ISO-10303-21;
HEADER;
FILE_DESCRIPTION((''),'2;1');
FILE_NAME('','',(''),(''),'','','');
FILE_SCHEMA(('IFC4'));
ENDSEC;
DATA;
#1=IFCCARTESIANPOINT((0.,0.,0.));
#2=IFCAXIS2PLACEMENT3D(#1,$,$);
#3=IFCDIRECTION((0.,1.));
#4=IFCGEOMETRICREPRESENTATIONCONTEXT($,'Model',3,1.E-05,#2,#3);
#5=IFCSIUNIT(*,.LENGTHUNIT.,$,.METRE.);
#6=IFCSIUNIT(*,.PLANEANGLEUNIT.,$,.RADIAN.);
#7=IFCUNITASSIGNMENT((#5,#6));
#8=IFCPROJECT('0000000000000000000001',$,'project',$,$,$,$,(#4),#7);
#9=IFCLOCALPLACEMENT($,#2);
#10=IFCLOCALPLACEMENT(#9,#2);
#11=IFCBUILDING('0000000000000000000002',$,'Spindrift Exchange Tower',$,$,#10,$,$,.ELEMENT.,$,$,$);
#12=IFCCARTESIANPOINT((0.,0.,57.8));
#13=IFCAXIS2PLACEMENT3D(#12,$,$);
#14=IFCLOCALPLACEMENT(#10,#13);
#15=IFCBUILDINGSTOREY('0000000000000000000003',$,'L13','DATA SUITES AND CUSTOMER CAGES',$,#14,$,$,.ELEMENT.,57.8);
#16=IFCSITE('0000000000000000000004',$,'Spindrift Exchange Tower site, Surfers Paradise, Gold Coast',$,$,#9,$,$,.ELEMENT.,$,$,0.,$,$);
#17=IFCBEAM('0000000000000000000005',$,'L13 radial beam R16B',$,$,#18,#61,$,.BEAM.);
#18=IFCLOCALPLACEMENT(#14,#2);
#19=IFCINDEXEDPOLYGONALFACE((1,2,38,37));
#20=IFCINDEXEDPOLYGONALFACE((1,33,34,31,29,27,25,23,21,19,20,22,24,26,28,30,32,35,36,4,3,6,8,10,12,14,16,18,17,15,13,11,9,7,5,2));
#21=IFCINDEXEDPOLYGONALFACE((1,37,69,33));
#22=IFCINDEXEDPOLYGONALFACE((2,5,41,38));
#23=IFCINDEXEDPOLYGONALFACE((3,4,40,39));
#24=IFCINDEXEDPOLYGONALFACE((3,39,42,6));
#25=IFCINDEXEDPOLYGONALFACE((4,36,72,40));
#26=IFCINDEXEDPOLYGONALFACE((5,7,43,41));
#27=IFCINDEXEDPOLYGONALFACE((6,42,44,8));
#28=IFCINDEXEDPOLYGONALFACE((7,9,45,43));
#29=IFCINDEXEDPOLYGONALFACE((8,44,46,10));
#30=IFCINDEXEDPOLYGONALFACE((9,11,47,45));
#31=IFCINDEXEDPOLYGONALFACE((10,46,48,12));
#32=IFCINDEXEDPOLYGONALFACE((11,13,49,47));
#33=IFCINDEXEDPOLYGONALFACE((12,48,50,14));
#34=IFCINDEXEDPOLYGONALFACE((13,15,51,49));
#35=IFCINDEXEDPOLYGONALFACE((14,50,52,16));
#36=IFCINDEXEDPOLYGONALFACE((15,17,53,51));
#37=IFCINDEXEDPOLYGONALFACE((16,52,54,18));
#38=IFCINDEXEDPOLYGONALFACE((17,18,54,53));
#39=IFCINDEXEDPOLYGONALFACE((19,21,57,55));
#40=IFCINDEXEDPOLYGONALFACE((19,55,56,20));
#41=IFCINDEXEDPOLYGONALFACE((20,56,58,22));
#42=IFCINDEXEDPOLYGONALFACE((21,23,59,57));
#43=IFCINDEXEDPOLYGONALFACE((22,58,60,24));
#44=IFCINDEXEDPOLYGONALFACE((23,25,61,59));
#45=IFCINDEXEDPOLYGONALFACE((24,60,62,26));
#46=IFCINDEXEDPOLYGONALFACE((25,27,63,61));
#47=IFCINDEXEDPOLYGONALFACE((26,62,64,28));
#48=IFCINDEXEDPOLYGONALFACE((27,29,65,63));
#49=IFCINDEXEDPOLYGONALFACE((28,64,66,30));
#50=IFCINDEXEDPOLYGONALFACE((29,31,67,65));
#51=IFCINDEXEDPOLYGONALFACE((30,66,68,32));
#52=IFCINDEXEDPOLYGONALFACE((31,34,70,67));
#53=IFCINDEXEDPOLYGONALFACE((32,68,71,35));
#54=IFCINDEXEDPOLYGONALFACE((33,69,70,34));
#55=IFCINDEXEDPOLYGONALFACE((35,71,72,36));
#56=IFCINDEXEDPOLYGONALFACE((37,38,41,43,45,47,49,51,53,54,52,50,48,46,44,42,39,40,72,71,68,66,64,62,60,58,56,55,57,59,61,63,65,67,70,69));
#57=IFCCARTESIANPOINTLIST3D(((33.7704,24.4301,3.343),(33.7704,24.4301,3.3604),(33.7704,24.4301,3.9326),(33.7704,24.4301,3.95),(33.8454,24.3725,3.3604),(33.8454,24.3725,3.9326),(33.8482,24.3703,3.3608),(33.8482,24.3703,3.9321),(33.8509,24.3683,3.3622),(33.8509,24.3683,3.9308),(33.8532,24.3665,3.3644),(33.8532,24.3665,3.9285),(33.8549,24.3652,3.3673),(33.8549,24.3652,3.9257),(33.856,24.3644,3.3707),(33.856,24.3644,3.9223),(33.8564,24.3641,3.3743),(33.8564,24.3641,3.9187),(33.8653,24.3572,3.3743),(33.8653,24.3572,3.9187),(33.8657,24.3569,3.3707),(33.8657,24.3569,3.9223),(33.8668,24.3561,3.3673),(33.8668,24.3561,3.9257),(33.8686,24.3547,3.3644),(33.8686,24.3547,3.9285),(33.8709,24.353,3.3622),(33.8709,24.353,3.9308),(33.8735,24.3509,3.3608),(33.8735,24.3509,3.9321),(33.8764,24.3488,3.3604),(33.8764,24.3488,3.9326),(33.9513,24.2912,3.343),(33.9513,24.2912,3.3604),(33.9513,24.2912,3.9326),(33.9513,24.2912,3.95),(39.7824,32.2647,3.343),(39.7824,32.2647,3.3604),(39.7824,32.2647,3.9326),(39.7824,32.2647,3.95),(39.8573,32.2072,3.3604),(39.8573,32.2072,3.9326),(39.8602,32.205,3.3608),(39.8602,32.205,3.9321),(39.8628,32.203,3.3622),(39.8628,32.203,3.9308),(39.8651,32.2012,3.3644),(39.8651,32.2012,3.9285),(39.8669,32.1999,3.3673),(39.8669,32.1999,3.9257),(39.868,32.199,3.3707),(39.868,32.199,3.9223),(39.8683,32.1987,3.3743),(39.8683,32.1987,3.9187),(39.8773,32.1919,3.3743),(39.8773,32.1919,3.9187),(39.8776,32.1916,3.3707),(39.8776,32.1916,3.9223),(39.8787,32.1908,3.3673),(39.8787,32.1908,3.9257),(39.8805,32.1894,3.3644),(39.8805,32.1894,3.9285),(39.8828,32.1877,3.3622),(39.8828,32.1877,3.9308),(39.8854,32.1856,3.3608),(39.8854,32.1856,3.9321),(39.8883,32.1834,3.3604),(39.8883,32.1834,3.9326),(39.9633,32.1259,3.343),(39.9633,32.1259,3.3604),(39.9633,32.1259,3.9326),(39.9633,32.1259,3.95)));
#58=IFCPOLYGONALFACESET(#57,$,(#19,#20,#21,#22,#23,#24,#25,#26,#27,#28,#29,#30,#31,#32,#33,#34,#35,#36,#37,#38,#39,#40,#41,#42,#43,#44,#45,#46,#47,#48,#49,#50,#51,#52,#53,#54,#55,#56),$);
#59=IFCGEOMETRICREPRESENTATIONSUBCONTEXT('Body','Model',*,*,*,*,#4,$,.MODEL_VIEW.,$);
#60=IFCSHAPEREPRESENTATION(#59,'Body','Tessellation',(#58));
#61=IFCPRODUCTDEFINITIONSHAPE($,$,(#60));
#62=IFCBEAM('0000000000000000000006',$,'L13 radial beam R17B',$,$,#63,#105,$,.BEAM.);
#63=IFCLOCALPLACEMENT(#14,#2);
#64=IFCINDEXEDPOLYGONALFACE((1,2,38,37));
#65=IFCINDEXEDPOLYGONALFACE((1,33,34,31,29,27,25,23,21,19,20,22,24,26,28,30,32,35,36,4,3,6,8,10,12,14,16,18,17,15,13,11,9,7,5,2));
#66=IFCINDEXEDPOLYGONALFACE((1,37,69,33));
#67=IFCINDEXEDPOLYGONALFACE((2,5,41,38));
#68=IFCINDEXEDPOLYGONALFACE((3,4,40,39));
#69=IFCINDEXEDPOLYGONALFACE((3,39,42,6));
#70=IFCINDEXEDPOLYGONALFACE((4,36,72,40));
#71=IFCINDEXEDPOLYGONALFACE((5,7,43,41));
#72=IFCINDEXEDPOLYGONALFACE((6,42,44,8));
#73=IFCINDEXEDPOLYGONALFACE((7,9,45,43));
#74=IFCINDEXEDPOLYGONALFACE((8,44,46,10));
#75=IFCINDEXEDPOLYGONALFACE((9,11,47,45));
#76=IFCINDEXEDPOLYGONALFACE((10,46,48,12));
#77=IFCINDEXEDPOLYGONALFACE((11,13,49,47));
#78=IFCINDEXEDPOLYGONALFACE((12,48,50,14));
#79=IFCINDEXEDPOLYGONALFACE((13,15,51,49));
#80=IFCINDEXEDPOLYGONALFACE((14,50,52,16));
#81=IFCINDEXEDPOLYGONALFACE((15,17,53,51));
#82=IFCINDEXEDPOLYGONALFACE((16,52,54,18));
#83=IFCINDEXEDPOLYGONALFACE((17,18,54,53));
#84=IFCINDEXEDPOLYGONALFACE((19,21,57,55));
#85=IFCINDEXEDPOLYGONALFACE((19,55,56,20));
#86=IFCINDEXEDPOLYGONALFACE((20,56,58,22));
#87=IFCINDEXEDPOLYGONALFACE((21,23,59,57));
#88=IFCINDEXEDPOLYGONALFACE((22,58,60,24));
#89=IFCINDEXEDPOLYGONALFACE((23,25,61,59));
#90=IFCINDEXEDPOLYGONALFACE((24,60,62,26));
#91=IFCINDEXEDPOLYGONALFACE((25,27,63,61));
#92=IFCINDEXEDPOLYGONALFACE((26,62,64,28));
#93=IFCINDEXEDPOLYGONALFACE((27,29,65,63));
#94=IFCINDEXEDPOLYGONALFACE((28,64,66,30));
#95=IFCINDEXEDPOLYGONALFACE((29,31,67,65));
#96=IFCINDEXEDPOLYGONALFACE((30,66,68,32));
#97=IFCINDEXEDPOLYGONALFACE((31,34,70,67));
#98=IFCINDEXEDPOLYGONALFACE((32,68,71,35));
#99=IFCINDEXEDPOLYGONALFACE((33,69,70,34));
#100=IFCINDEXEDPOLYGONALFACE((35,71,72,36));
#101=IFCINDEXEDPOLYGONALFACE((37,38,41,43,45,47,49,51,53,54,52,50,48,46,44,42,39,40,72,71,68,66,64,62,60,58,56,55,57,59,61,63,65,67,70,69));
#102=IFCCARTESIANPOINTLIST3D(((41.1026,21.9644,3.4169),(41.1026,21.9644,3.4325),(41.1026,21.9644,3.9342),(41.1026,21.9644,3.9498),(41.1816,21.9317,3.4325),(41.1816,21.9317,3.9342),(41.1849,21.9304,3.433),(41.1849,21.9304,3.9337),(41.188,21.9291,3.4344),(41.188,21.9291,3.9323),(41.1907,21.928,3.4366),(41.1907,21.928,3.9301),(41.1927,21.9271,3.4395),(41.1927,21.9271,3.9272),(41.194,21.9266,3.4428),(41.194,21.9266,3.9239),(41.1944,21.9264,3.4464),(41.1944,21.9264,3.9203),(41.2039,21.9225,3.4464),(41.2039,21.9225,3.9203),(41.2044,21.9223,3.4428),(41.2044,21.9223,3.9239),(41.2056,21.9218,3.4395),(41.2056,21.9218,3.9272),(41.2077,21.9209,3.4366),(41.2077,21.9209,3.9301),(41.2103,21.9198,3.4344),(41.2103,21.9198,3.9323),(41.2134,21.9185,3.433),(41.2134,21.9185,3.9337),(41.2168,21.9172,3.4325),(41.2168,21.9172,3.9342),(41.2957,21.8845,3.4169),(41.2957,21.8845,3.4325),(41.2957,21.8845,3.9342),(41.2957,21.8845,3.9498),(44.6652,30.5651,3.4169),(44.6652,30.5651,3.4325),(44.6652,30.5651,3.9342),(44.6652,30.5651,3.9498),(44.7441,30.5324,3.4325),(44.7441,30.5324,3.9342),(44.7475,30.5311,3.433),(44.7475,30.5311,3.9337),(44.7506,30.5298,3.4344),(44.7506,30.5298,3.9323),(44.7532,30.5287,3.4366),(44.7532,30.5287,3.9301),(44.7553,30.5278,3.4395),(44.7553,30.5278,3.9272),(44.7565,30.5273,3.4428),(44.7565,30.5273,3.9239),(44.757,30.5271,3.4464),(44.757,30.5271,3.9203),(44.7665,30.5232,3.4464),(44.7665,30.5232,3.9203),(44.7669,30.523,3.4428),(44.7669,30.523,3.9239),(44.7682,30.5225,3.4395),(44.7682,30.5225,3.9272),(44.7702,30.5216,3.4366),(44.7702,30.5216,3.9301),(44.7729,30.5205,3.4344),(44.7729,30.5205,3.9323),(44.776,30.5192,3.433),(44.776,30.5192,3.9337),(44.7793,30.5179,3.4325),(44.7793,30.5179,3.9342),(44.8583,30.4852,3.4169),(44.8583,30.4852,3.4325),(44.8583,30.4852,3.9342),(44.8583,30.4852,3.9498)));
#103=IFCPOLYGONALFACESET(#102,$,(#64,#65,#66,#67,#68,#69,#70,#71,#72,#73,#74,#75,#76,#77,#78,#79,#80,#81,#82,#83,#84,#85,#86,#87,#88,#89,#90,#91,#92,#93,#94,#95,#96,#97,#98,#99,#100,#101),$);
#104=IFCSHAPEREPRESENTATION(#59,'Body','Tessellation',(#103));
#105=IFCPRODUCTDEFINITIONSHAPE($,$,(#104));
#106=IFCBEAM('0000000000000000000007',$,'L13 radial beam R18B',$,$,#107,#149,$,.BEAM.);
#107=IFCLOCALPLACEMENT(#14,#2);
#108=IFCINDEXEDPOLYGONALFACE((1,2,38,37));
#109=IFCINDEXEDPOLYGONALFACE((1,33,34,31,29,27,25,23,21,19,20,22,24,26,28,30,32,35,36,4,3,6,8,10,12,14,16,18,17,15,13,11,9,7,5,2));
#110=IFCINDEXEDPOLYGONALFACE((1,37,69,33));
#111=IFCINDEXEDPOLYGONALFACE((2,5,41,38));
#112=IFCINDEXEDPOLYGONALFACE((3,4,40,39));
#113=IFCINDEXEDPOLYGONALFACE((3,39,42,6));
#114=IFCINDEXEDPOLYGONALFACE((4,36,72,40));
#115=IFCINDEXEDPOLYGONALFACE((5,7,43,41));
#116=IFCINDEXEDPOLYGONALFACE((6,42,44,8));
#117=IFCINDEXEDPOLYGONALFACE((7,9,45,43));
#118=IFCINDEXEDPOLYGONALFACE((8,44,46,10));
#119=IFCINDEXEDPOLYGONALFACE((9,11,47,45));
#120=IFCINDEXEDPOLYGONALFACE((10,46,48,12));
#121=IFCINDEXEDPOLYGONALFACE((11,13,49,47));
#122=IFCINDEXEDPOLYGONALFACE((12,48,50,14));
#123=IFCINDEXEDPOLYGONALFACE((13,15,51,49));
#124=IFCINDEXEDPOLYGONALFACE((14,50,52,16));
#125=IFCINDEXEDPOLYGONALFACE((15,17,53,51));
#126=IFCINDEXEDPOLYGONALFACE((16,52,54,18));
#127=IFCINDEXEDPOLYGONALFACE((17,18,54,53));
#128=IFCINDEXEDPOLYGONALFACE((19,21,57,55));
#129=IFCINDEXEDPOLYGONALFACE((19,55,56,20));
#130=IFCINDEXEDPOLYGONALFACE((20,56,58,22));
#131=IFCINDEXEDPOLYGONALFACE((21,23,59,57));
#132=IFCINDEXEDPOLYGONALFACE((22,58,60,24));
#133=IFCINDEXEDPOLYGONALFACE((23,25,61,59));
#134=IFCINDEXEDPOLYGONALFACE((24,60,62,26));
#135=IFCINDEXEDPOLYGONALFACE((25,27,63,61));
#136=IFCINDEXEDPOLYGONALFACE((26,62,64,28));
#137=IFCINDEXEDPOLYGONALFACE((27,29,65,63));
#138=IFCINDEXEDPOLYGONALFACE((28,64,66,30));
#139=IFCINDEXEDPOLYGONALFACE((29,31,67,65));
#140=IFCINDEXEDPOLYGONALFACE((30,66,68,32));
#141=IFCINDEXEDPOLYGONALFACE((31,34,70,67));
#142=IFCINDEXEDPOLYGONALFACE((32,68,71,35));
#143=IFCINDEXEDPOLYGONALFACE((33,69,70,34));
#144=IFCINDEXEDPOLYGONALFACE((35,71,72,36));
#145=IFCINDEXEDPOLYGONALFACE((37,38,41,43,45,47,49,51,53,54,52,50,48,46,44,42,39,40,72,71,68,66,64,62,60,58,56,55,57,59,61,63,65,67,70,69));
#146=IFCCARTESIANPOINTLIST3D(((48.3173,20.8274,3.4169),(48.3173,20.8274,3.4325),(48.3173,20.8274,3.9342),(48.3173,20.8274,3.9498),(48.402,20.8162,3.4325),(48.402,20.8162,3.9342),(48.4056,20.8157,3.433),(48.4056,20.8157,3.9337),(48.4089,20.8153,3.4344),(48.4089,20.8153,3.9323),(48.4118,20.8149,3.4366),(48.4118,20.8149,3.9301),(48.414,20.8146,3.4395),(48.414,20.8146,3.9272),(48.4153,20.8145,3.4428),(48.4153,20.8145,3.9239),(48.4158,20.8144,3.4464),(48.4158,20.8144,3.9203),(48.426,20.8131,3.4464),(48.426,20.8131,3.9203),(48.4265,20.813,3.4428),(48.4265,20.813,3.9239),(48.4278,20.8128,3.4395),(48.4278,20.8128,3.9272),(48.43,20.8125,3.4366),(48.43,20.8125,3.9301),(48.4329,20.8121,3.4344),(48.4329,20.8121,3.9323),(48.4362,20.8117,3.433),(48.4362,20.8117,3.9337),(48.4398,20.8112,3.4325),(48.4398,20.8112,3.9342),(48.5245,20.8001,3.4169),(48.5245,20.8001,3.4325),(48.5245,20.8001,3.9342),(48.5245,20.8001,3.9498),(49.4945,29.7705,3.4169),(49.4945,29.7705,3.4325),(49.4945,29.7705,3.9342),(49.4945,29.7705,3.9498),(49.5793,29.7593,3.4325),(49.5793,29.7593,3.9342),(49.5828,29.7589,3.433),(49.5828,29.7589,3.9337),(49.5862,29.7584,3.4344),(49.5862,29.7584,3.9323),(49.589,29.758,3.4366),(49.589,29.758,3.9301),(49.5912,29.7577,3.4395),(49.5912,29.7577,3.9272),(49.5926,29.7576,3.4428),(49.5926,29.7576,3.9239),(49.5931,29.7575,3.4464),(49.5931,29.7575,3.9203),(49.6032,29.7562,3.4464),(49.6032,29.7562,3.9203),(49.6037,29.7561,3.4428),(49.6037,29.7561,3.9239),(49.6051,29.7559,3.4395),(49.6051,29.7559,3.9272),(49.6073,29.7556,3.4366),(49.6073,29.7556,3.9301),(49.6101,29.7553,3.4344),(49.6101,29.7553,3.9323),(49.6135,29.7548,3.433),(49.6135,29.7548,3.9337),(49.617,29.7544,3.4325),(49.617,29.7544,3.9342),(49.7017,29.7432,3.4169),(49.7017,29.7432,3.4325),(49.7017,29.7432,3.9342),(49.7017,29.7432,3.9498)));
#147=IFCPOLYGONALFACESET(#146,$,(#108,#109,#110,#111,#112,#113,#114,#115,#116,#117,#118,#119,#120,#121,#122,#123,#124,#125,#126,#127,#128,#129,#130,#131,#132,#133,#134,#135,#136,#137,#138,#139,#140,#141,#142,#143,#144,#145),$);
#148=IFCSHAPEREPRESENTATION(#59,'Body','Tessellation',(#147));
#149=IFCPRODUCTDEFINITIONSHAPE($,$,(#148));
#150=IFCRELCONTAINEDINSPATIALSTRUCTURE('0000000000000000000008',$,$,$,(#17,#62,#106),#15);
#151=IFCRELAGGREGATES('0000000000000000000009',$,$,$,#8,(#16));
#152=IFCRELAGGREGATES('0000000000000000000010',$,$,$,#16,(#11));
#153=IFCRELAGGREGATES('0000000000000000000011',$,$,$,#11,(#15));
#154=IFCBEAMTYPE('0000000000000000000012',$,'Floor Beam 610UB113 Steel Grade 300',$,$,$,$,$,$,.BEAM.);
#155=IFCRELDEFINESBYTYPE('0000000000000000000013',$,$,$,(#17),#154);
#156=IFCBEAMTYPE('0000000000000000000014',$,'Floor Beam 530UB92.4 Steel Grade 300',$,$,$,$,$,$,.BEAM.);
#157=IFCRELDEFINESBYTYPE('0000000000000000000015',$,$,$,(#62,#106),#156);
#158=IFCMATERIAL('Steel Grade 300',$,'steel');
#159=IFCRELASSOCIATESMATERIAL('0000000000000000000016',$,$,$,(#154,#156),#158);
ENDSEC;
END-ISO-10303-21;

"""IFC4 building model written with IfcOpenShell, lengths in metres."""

from ifc_helpers import new_model, si_unit, direction, frame, origin, origin_2d, place, context, subcontext, project, spatial, i_section, extrude, source, transform, mapped, material, material_profile, profile_set, type_object, element, save


model = new_model("IFC4")

# Units and contexts
model_context = context("Model", 3, precision=1e-05, world=origin(), true_north=direction((0.0, 1.0)))
body_context = subcontext(model_context, "Body", "Model", "MODEL_VIEW")
ifc_project = project(units=[si_unit("LENGTHUNIT", "METRE"), si_unit("PLANEANGLEUNIT", "RADIAN")], contexts=[model_context])

# Site, building, storey
site_placement = place(None, origin())
site = spatial("IfcSite", under=ifc_project, at=site_placement, Name="Spindrift Exchange Tower site, Surfers Paradise, Gold Coast", CompositionType="ELEMENT", RefElevation=0.0)
building_placement = place(site_placement, origin())
building = spatial("IfcBuilding", under=site, at=building_placement, Name="Spindrift Exchange Tower", CompositionType="ELEMENT")
storey_placement = place(building_placement, frame((0.0, 0.0, 57.8)))
storey = spatial("IfcBuildingStorey", under=building, at=storey_placement, Name="L13", Description="DATA SUITES AND CUSTOMER CAGES", CompositionType="ELEMENT", Elevation=57.8)

# Beams
ifc_material_1 = material(Name="Steel Grade 300", Category="steel")
ifc_material_profile_1 = material_profile(ifc_material_1, i_section(OverallWidth=0.228, OverallDepth=0.6069, WebThickness=0.0112, FlangeThickness=0.0173, FilletRadius=0.0139, at=origin_2d()), Name="610UB113")
ifc_profile_set_1 = profile_set([ifc_material_profile_1], Name="Steel Grade 300")
beam_type_1 = type_object("IfcBeamType", Name="Floor Beam 610UB113 Steel Grade 300", PredefinedType="BEAM", material=ifc_profile_set_1)
shared_shape_1 = source(origin(), body_context, "Body", "SweptSolid", [
    extrude(i_section(OverallWidth=0.228, OverallDepth=0.6069, WebThickness=0.0112, FlangeThickness=0.0173, FilletRadius=0.0139, at=origin_2d()), origin(), (0.0, 0.0, 1.0), 9.8755),
])
beam_1_placement = place(storey_placement, frame((39.8728, 32.1953, 3.6465), z_axis=(-0.608772, -0.793345, 0.0), x_axis=(0.793345, -0.608772, 0.0)))
element("IfcBeam", 1, at=beam_1_placement, inside=storey, type_object=beam_type_1, Name="L13 radial beam R16B", PredefinedType="BEAM", context=body_context, shape_type="MappedRepresentation", body=[
    mapped(shared_shape_1, transform((0.0, 0.0, 0.0), scale=1.0)),
])
ifc_material_profile_2 = material_profile(ifc_material_1, i_section(OverallWidth=0.209, OverallDepth=0.533, WebThickness=0.0103, FlangeThickness=0.0156, FilletRadius=0.0139, at=origin_2d()), Name="530UB92.4")
ifc_profile_set_2 = profile_set([ifc_material_profile_2], Name="Steel Grade 300")
beam_type_2 = type_object("IfcBeamType", Name="Floor Beam 530UB92.4 Steel Grade 300", PredefinedType="BEAM", material=ifc_profile_set_2)
shared_shape_2 = source(origin(), body_context, "Body", "SweptSolid", [
    extrude(i_section(OverallWidth=0.209, OverallDepth=0.533, WebThickness=0.0103, FlangeThickness=0.0156, FilletRadius=0.0139, at=origin_2d()), origin(), (0.0, 0.0, 1.0), 9.3093),
])
beam_2_placement = place(storey_placement, frame((44.7617, 30.5251, 3.6833), z_axis=(-0.382685, -0.923879, 0.0), x_axis=(0.923879, -0.382685, 0.0)))
element("IfcBeam", 2, at=beam_2_placement, inside=storey, type_object=beam_type_2, Name="L13 radial beam R17B", PredefinedType="BEAM", context=body_context, shape_type="MappedRepresentation", body=[
    mapped(shared_shape_2, transform((0.0, 0.0, 0.0), scale=1.0)),
])
shared_shape_3 = source(origin(), body_context, "Body", "SweptSolid", [
    extrude(i_section(OverallWidth=0.209, OverallDepth=0.533, WebThickness=0.0103, FlangeThickness=0.0156, FilletRadius=0.0139, at=origin_2d()), origin(), (0.0, 0.0, 1.0), 9.0203),
])
beam_3_placement = place(storey_placement, frame((49.5981, 29.7568, 3.6833), z_axis=(-0.130511, -0.991447, 0.0), x_axis=(0.991447, -0.130511, 0.0)))
element("IfcBeam", 3, at=beam_3_placement, inside=storey, type_object=beam_type_2, Name="L13 radial beam R18B", PredefinedType="BEAM", context=body_context, shape_type="MappedRepresentation", body=[
    mapped(shared_shape_3, transform((0.0, 0.0, 0.0), scale=1.0)),
])

save(model, "model.ifc")
